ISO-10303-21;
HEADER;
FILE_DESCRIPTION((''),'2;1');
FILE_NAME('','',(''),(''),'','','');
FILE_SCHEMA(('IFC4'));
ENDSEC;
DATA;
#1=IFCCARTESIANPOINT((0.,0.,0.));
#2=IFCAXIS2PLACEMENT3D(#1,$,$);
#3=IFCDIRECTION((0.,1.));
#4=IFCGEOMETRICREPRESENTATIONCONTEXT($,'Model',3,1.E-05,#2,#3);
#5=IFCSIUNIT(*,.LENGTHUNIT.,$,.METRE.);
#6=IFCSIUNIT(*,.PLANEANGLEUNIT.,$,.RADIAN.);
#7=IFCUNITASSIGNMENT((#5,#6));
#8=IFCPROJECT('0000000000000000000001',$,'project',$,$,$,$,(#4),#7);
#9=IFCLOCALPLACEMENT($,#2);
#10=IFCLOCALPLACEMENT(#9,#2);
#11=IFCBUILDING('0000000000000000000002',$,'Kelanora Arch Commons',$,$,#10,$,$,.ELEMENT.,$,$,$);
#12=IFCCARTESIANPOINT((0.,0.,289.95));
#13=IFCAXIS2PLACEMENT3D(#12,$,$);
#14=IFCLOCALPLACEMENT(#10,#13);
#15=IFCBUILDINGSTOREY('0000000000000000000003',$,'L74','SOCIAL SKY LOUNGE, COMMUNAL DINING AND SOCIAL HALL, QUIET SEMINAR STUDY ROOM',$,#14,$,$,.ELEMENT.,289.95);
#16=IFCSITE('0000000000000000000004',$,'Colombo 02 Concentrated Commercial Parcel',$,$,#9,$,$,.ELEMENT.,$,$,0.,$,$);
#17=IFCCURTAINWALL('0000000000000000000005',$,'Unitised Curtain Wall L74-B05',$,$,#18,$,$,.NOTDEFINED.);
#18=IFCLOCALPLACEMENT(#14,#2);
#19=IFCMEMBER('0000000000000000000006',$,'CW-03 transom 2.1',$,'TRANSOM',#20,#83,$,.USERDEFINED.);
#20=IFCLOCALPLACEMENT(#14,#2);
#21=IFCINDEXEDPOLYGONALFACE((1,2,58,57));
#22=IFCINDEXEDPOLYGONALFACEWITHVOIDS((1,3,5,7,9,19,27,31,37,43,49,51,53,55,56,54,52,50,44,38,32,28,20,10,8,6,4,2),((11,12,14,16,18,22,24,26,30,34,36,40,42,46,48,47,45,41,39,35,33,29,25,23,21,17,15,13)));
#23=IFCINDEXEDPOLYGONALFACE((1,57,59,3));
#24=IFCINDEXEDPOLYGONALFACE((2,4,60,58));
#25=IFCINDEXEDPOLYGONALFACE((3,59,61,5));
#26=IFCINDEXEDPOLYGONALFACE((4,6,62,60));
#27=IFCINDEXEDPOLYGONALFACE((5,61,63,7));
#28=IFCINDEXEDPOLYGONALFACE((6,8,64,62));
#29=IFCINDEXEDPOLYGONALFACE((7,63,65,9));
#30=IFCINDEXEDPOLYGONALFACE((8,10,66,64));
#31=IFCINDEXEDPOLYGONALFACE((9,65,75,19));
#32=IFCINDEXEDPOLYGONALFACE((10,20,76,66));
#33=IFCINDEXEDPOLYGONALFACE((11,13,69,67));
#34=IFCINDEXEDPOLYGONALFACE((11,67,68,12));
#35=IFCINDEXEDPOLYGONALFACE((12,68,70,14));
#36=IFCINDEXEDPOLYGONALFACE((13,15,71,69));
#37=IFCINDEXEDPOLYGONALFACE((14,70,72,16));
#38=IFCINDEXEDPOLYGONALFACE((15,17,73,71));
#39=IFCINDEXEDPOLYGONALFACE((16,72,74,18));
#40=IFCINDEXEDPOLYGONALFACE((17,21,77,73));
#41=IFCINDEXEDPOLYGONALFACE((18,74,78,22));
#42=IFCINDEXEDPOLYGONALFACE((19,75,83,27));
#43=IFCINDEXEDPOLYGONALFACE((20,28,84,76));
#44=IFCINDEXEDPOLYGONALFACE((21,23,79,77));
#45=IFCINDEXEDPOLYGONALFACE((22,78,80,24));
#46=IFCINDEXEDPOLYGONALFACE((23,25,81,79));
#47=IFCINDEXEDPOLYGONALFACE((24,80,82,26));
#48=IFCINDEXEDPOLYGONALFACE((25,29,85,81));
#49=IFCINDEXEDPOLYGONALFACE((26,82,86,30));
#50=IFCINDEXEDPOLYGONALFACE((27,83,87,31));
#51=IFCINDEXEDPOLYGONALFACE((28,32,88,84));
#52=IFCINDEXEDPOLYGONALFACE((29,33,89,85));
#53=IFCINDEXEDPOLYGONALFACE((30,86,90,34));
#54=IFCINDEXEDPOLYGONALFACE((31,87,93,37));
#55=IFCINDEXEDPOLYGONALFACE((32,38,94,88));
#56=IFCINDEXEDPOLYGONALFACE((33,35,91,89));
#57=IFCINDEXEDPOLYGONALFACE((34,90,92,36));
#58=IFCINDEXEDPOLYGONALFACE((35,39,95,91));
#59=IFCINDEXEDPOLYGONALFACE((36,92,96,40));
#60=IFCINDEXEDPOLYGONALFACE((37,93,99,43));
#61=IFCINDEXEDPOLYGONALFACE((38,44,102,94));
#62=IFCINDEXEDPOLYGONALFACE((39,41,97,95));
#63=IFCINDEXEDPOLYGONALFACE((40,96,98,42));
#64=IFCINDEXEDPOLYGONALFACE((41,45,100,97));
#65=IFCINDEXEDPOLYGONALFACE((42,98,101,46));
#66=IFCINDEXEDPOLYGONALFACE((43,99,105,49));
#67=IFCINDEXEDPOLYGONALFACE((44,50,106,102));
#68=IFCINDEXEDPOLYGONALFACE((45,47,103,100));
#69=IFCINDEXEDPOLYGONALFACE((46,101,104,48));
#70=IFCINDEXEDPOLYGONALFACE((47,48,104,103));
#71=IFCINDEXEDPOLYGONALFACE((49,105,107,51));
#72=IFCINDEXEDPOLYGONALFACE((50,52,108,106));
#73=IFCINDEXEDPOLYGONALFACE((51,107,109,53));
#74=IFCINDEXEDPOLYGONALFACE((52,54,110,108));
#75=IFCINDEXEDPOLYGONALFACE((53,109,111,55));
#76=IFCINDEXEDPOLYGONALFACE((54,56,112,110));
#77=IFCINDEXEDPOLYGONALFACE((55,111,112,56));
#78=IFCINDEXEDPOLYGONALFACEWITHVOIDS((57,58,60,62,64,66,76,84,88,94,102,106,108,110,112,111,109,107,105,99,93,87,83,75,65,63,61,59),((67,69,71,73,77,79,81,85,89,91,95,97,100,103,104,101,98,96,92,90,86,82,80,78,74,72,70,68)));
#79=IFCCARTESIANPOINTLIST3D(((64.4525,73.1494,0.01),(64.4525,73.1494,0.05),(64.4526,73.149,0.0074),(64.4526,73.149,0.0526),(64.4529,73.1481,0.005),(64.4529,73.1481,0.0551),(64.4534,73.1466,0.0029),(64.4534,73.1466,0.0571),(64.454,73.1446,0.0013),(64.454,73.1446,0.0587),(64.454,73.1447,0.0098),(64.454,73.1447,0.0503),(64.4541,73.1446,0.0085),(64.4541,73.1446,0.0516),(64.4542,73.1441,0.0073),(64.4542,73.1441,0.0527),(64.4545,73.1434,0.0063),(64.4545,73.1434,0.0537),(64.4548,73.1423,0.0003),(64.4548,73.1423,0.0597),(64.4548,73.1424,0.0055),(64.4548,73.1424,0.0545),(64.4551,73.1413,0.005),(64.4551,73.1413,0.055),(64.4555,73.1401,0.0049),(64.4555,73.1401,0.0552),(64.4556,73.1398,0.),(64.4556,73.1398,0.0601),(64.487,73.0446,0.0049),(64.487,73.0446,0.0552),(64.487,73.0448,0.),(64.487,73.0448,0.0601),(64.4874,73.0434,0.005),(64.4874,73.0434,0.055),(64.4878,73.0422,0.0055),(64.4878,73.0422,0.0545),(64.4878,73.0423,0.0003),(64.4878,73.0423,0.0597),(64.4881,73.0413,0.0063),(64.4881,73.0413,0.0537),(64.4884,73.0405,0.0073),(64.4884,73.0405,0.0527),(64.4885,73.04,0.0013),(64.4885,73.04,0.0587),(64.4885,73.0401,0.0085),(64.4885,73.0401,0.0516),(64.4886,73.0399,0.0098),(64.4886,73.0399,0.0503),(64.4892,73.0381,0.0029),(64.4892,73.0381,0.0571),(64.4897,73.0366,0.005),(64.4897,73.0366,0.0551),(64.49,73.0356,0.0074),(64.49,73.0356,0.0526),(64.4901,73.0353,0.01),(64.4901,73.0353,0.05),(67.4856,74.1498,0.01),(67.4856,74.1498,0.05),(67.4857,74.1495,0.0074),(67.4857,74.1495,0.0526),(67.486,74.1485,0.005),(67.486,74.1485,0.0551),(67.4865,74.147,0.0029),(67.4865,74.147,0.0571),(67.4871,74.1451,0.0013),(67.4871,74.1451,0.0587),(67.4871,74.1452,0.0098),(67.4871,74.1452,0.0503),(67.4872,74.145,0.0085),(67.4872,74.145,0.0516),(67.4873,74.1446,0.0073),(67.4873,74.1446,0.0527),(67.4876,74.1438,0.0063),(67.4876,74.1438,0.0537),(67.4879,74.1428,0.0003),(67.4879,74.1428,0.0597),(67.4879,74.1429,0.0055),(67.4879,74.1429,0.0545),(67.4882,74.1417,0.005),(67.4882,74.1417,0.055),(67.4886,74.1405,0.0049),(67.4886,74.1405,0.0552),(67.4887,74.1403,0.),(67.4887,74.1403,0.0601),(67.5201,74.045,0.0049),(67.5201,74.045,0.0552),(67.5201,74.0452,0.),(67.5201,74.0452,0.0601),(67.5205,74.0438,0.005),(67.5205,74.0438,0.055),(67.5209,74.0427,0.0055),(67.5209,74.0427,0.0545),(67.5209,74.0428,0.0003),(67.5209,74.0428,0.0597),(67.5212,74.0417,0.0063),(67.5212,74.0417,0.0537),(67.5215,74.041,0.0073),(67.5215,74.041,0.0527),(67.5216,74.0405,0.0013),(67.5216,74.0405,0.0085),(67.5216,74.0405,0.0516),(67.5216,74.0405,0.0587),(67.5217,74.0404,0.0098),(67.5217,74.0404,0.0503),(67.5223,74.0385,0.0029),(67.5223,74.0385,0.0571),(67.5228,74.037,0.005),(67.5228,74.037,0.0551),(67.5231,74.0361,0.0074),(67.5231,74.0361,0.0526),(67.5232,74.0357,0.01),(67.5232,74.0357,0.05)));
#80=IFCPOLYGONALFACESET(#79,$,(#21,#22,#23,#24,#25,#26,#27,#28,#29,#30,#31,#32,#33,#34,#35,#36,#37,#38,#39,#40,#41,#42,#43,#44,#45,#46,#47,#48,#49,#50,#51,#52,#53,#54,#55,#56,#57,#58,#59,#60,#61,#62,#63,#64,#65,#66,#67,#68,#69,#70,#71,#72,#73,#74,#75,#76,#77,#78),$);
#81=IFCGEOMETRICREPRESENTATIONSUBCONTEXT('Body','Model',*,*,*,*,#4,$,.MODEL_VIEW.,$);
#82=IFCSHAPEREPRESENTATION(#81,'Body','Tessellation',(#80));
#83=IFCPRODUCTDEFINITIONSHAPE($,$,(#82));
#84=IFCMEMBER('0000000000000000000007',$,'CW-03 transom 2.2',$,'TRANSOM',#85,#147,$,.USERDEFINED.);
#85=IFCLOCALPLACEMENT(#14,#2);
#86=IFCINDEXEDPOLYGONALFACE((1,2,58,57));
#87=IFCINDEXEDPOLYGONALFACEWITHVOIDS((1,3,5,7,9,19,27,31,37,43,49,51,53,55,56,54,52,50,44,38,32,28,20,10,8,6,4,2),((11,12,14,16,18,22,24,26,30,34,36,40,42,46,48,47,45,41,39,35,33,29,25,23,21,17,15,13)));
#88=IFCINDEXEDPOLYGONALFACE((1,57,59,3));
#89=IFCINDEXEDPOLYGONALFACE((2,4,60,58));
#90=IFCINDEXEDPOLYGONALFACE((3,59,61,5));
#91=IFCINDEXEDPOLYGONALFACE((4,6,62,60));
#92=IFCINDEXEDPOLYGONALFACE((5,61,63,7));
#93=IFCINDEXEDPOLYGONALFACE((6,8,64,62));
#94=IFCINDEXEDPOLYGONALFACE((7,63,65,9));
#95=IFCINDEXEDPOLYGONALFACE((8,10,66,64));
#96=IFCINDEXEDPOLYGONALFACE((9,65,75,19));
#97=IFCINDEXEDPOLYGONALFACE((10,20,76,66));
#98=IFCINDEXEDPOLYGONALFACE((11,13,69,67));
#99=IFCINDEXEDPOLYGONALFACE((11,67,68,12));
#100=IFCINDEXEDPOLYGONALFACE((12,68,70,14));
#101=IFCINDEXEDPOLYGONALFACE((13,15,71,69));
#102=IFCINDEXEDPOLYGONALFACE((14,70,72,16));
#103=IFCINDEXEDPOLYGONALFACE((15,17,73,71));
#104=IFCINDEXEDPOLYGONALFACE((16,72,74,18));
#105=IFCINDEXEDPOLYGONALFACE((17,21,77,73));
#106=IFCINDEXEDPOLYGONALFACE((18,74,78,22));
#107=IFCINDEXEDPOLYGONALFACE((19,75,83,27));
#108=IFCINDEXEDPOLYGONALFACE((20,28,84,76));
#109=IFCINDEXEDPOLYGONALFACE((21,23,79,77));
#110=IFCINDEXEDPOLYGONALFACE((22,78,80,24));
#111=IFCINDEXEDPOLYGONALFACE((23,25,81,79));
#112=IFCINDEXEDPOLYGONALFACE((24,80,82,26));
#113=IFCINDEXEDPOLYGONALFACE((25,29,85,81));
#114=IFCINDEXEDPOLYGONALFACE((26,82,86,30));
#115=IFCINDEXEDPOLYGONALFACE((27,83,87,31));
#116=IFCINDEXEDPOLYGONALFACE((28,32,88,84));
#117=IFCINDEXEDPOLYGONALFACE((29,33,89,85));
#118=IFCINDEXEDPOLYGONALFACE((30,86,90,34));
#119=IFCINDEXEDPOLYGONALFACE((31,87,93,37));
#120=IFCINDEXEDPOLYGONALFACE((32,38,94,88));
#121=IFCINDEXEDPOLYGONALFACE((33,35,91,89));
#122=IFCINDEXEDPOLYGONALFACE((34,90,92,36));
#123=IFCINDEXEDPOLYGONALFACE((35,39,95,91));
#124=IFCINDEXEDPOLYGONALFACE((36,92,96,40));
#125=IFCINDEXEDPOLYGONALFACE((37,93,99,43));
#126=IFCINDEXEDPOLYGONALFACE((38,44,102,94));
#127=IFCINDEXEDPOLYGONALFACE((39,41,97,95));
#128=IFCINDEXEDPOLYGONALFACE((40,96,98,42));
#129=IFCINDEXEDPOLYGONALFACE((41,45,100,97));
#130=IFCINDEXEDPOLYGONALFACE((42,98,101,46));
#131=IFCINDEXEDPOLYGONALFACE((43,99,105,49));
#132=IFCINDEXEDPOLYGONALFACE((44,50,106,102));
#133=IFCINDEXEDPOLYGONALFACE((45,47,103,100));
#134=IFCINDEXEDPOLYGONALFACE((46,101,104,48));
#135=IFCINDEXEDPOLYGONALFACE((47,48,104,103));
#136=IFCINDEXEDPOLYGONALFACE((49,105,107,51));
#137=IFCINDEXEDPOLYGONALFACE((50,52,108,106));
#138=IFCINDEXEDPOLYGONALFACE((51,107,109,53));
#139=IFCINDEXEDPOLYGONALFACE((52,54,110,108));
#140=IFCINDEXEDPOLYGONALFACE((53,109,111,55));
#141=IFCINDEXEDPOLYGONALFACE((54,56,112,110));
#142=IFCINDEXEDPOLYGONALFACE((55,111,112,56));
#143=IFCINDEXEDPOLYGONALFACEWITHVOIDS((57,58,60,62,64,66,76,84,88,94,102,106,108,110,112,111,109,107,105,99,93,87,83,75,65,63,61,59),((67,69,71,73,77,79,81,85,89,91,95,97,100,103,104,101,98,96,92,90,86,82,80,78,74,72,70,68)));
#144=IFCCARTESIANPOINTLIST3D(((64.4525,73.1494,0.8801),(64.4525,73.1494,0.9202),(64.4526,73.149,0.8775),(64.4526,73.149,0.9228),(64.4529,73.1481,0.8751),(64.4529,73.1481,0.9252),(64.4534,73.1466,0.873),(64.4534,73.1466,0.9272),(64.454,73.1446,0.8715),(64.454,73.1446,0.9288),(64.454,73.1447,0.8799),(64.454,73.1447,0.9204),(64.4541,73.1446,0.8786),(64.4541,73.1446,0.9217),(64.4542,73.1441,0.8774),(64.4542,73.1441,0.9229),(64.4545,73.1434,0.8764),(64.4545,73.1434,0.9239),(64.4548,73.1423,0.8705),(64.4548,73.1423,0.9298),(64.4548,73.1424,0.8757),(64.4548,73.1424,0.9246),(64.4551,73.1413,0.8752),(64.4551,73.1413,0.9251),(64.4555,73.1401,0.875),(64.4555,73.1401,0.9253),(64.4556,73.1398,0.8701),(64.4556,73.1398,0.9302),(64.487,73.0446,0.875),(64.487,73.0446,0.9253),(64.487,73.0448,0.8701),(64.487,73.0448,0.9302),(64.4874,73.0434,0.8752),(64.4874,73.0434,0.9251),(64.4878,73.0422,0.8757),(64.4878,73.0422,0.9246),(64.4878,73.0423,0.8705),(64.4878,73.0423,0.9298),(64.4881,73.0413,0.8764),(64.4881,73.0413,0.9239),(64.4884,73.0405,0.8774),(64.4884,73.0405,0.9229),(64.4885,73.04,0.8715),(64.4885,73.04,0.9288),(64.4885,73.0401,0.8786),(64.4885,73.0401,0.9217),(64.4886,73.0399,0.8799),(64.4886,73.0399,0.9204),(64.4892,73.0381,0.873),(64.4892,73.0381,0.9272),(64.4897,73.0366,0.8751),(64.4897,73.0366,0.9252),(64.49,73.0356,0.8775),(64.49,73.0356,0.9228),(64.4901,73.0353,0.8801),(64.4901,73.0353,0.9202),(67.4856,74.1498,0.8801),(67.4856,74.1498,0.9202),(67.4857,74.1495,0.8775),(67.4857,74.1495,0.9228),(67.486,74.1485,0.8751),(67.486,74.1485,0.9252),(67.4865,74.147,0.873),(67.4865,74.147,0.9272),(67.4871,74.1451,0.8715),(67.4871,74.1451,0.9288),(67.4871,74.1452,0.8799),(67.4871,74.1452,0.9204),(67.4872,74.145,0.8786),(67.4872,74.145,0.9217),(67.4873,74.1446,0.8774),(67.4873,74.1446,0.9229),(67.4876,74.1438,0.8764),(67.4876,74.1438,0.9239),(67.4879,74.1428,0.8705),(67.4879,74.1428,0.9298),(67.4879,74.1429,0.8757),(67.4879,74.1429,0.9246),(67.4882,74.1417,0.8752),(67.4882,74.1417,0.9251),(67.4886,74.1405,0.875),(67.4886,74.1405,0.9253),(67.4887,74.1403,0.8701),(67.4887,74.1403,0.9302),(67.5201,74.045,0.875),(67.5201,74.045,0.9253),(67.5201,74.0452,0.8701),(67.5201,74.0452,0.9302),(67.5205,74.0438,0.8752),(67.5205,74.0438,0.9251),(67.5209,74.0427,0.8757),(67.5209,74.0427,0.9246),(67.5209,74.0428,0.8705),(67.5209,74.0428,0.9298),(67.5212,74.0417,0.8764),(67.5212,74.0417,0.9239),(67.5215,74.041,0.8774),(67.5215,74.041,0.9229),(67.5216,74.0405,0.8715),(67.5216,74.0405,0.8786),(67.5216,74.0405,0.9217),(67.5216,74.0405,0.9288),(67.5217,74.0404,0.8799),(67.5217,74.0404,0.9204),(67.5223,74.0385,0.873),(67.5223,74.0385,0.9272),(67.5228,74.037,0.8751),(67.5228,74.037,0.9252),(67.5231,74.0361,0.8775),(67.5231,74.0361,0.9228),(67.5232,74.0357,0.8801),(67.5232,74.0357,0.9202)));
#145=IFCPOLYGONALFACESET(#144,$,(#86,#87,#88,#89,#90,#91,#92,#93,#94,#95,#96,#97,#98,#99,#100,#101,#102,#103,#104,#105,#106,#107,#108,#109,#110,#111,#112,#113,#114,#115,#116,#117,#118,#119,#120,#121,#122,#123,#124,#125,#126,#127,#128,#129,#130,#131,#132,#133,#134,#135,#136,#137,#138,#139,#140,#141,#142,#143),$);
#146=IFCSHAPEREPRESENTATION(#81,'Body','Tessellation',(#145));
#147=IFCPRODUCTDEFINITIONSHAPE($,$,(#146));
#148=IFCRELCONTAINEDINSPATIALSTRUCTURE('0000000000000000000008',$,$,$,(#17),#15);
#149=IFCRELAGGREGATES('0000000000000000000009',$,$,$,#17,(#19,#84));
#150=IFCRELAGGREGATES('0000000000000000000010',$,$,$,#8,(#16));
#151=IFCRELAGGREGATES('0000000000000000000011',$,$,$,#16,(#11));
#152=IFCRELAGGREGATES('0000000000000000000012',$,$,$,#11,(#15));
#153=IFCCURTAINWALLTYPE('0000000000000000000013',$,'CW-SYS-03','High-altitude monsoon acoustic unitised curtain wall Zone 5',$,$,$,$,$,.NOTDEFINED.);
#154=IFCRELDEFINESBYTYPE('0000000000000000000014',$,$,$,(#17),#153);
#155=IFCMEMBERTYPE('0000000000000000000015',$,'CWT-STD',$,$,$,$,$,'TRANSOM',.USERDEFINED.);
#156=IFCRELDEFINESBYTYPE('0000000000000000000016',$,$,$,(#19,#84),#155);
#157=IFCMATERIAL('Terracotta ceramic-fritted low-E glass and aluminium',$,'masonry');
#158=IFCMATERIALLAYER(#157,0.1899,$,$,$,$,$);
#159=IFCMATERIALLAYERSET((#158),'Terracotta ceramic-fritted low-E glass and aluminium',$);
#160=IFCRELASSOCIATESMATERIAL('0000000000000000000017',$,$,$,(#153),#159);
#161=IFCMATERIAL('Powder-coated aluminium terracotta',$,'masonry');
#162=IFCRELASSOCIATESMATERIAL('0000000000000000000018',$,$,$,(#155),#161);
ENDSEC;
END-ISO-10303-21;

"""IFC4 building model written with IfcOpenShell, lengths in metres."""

from ifc_helpers import new_model, si_unit, direction, frame, origin, origin_2d, place, context, subcontext, project, spatial, hollow_rectangle, extrude, material, layer, layer_set, material_profile, profile_set, type_object, element, aggregate, save


model = new_model("IFC4")

# Units and contexts
model_context = context("Model", 3, precision=1e-05, world=origin(), true_north=direction((0.0, 1.0)))
body_context = subcontext(model_context, "Body", "Model", "MODEL_VIEW")
ifc_project = project(units=[si_unit("LENGTHUNIT", "METRE"), si_unit("PLANEANGLEUNIT", "RADIAN")], contexts=[model_context])

# Site, building, storey
site_placement = place(None, origin())
site = spatial("IfcSite", under=ifc_project, at=site_placement, Name="Colombo 02 Concentrated Commercial Parcel", CompositionType="ELEMENT", RefElevation=0.0)
building_placement = place(site_placement, origin())
building = spatial("IfcBuilding", under=site, at=building_placement, Name="Kelanora Arch Commons", CompositionType="ELEMENT")
storey_placement = place(building_placement, frame((0.0, 0.0, 289.95)))
storey = spatial("IfcBuildingStorey", under=building, at=storey_placement, Name="L74", Description="SOCIAL SKY LOUNGE, COMMUNAL DINING AND SOCIAL HALL, QUIET SEMINAR STUDY ROOM", CompositionType="ELEMENT", Elevation=289.95)

# Curtain wall, members
ifc_material_1 = material(Name="Terracotta ceramic-fritted low-E glass and aluminium", Category="masonry")
ifc_layer_1 = layer(ifc_material_1, 0.1899)
ifc_layer_set_1 = layer_set([ifc_layer_1], Name="Terracotta ceramic-fritted low-E glass and aluminium")
curtain_wall_type = type_object("IfcCurtainWallType", Name="CW-SYS-03", Description="High-altitude monsoon acoustic unitised curtain wall Zone 5", PredefinedType="NOTDEFINED", material=ifc_layer_set_1)
curtain_wall_placement = place(storey_placement, origin())
curtain_wall = element("IfcCurtainWall", 1, at=curtain_wall_placement, inside=storey, type_object=curtain_wall_type, Name="Unitised Curtain Wall L74-B05", PredefinedType="NOTDEFINED")
ifc_material_2 = material(Name="Powder-coated aluminium terracotta", Category="masonry")
ifc_material_profile_1 = material_profile(ifc_material_2, hollow_rectangle(XDim=0.1201, YDim=0.0601, WallThickness=0.0049, InnerFilletRadius=0.0049, OuterFilletRadius=0.01, at=origin_2d()), Name="CWT120x60")
ifc_profile_set_1 = profile_set([ifc_material_profile_1], Name="Powder-coated aluminium terracotta")
member_type_1 = type_object("IfcMemberType", Name="CWT-STD", ElementType="TRANSOM", PredefinedType="USERDEFINED", material=ifc_profile_set_1)
member_1_placement = place(storey_placement, frame((67.5044, 74.0928, 0.03), z_axis=(-0.949672, -0.313245, 0.0), x_axis=(0.313245, -0.949672, 0.0)))
member_1 = element("IfcMember", 2, at=member_1_placement, type_object=member_type_1, Name="CW-03 transom 2.1", ObjectType="TRANSOM", PredefinedType="USERDEFINED", context=body_context, shape_type="SweptSolid", body=[
    extrude(hollow_rectangle(XDim=0.1201, YDim=0.0601, WallThickness=0.0049, InnerFilletRadius=0.0049, OuterFilletRadius=0.01, at=origin_2d()), origin(), (0.0, 0.0, 1.0), 3.1938),
])
member_2_placement = place(storey_placement, frame((67.5044, 74.0928, 0.9001), z_axis=(-0.949672, -0.313245, 0.0), x_axis=(0.313245, -0.949672, 0.0)))
member_2 = element("IfcMember", 3, at=member_2_placement, type_object=member_type_1, Name="CW-03 transom 2.2", ObjectType="TRANSOM", PredefinedType="USERDEFINED", context=body_context, shape_type="SweptSolid", body=[
    extrude(hollow_rectangle(XDim=0.1201, YDim=0.0601, WallThickness=0.0049, InnerFilletRadius=0.0049, OuterFilletRadius=0.01, at=origin_2d()), origin(), (0.0, 0.0, 1.0), 3.1938),
])
aggregate(curtain_wall, [member_1, member_2])

save(model, "model.ifc")
